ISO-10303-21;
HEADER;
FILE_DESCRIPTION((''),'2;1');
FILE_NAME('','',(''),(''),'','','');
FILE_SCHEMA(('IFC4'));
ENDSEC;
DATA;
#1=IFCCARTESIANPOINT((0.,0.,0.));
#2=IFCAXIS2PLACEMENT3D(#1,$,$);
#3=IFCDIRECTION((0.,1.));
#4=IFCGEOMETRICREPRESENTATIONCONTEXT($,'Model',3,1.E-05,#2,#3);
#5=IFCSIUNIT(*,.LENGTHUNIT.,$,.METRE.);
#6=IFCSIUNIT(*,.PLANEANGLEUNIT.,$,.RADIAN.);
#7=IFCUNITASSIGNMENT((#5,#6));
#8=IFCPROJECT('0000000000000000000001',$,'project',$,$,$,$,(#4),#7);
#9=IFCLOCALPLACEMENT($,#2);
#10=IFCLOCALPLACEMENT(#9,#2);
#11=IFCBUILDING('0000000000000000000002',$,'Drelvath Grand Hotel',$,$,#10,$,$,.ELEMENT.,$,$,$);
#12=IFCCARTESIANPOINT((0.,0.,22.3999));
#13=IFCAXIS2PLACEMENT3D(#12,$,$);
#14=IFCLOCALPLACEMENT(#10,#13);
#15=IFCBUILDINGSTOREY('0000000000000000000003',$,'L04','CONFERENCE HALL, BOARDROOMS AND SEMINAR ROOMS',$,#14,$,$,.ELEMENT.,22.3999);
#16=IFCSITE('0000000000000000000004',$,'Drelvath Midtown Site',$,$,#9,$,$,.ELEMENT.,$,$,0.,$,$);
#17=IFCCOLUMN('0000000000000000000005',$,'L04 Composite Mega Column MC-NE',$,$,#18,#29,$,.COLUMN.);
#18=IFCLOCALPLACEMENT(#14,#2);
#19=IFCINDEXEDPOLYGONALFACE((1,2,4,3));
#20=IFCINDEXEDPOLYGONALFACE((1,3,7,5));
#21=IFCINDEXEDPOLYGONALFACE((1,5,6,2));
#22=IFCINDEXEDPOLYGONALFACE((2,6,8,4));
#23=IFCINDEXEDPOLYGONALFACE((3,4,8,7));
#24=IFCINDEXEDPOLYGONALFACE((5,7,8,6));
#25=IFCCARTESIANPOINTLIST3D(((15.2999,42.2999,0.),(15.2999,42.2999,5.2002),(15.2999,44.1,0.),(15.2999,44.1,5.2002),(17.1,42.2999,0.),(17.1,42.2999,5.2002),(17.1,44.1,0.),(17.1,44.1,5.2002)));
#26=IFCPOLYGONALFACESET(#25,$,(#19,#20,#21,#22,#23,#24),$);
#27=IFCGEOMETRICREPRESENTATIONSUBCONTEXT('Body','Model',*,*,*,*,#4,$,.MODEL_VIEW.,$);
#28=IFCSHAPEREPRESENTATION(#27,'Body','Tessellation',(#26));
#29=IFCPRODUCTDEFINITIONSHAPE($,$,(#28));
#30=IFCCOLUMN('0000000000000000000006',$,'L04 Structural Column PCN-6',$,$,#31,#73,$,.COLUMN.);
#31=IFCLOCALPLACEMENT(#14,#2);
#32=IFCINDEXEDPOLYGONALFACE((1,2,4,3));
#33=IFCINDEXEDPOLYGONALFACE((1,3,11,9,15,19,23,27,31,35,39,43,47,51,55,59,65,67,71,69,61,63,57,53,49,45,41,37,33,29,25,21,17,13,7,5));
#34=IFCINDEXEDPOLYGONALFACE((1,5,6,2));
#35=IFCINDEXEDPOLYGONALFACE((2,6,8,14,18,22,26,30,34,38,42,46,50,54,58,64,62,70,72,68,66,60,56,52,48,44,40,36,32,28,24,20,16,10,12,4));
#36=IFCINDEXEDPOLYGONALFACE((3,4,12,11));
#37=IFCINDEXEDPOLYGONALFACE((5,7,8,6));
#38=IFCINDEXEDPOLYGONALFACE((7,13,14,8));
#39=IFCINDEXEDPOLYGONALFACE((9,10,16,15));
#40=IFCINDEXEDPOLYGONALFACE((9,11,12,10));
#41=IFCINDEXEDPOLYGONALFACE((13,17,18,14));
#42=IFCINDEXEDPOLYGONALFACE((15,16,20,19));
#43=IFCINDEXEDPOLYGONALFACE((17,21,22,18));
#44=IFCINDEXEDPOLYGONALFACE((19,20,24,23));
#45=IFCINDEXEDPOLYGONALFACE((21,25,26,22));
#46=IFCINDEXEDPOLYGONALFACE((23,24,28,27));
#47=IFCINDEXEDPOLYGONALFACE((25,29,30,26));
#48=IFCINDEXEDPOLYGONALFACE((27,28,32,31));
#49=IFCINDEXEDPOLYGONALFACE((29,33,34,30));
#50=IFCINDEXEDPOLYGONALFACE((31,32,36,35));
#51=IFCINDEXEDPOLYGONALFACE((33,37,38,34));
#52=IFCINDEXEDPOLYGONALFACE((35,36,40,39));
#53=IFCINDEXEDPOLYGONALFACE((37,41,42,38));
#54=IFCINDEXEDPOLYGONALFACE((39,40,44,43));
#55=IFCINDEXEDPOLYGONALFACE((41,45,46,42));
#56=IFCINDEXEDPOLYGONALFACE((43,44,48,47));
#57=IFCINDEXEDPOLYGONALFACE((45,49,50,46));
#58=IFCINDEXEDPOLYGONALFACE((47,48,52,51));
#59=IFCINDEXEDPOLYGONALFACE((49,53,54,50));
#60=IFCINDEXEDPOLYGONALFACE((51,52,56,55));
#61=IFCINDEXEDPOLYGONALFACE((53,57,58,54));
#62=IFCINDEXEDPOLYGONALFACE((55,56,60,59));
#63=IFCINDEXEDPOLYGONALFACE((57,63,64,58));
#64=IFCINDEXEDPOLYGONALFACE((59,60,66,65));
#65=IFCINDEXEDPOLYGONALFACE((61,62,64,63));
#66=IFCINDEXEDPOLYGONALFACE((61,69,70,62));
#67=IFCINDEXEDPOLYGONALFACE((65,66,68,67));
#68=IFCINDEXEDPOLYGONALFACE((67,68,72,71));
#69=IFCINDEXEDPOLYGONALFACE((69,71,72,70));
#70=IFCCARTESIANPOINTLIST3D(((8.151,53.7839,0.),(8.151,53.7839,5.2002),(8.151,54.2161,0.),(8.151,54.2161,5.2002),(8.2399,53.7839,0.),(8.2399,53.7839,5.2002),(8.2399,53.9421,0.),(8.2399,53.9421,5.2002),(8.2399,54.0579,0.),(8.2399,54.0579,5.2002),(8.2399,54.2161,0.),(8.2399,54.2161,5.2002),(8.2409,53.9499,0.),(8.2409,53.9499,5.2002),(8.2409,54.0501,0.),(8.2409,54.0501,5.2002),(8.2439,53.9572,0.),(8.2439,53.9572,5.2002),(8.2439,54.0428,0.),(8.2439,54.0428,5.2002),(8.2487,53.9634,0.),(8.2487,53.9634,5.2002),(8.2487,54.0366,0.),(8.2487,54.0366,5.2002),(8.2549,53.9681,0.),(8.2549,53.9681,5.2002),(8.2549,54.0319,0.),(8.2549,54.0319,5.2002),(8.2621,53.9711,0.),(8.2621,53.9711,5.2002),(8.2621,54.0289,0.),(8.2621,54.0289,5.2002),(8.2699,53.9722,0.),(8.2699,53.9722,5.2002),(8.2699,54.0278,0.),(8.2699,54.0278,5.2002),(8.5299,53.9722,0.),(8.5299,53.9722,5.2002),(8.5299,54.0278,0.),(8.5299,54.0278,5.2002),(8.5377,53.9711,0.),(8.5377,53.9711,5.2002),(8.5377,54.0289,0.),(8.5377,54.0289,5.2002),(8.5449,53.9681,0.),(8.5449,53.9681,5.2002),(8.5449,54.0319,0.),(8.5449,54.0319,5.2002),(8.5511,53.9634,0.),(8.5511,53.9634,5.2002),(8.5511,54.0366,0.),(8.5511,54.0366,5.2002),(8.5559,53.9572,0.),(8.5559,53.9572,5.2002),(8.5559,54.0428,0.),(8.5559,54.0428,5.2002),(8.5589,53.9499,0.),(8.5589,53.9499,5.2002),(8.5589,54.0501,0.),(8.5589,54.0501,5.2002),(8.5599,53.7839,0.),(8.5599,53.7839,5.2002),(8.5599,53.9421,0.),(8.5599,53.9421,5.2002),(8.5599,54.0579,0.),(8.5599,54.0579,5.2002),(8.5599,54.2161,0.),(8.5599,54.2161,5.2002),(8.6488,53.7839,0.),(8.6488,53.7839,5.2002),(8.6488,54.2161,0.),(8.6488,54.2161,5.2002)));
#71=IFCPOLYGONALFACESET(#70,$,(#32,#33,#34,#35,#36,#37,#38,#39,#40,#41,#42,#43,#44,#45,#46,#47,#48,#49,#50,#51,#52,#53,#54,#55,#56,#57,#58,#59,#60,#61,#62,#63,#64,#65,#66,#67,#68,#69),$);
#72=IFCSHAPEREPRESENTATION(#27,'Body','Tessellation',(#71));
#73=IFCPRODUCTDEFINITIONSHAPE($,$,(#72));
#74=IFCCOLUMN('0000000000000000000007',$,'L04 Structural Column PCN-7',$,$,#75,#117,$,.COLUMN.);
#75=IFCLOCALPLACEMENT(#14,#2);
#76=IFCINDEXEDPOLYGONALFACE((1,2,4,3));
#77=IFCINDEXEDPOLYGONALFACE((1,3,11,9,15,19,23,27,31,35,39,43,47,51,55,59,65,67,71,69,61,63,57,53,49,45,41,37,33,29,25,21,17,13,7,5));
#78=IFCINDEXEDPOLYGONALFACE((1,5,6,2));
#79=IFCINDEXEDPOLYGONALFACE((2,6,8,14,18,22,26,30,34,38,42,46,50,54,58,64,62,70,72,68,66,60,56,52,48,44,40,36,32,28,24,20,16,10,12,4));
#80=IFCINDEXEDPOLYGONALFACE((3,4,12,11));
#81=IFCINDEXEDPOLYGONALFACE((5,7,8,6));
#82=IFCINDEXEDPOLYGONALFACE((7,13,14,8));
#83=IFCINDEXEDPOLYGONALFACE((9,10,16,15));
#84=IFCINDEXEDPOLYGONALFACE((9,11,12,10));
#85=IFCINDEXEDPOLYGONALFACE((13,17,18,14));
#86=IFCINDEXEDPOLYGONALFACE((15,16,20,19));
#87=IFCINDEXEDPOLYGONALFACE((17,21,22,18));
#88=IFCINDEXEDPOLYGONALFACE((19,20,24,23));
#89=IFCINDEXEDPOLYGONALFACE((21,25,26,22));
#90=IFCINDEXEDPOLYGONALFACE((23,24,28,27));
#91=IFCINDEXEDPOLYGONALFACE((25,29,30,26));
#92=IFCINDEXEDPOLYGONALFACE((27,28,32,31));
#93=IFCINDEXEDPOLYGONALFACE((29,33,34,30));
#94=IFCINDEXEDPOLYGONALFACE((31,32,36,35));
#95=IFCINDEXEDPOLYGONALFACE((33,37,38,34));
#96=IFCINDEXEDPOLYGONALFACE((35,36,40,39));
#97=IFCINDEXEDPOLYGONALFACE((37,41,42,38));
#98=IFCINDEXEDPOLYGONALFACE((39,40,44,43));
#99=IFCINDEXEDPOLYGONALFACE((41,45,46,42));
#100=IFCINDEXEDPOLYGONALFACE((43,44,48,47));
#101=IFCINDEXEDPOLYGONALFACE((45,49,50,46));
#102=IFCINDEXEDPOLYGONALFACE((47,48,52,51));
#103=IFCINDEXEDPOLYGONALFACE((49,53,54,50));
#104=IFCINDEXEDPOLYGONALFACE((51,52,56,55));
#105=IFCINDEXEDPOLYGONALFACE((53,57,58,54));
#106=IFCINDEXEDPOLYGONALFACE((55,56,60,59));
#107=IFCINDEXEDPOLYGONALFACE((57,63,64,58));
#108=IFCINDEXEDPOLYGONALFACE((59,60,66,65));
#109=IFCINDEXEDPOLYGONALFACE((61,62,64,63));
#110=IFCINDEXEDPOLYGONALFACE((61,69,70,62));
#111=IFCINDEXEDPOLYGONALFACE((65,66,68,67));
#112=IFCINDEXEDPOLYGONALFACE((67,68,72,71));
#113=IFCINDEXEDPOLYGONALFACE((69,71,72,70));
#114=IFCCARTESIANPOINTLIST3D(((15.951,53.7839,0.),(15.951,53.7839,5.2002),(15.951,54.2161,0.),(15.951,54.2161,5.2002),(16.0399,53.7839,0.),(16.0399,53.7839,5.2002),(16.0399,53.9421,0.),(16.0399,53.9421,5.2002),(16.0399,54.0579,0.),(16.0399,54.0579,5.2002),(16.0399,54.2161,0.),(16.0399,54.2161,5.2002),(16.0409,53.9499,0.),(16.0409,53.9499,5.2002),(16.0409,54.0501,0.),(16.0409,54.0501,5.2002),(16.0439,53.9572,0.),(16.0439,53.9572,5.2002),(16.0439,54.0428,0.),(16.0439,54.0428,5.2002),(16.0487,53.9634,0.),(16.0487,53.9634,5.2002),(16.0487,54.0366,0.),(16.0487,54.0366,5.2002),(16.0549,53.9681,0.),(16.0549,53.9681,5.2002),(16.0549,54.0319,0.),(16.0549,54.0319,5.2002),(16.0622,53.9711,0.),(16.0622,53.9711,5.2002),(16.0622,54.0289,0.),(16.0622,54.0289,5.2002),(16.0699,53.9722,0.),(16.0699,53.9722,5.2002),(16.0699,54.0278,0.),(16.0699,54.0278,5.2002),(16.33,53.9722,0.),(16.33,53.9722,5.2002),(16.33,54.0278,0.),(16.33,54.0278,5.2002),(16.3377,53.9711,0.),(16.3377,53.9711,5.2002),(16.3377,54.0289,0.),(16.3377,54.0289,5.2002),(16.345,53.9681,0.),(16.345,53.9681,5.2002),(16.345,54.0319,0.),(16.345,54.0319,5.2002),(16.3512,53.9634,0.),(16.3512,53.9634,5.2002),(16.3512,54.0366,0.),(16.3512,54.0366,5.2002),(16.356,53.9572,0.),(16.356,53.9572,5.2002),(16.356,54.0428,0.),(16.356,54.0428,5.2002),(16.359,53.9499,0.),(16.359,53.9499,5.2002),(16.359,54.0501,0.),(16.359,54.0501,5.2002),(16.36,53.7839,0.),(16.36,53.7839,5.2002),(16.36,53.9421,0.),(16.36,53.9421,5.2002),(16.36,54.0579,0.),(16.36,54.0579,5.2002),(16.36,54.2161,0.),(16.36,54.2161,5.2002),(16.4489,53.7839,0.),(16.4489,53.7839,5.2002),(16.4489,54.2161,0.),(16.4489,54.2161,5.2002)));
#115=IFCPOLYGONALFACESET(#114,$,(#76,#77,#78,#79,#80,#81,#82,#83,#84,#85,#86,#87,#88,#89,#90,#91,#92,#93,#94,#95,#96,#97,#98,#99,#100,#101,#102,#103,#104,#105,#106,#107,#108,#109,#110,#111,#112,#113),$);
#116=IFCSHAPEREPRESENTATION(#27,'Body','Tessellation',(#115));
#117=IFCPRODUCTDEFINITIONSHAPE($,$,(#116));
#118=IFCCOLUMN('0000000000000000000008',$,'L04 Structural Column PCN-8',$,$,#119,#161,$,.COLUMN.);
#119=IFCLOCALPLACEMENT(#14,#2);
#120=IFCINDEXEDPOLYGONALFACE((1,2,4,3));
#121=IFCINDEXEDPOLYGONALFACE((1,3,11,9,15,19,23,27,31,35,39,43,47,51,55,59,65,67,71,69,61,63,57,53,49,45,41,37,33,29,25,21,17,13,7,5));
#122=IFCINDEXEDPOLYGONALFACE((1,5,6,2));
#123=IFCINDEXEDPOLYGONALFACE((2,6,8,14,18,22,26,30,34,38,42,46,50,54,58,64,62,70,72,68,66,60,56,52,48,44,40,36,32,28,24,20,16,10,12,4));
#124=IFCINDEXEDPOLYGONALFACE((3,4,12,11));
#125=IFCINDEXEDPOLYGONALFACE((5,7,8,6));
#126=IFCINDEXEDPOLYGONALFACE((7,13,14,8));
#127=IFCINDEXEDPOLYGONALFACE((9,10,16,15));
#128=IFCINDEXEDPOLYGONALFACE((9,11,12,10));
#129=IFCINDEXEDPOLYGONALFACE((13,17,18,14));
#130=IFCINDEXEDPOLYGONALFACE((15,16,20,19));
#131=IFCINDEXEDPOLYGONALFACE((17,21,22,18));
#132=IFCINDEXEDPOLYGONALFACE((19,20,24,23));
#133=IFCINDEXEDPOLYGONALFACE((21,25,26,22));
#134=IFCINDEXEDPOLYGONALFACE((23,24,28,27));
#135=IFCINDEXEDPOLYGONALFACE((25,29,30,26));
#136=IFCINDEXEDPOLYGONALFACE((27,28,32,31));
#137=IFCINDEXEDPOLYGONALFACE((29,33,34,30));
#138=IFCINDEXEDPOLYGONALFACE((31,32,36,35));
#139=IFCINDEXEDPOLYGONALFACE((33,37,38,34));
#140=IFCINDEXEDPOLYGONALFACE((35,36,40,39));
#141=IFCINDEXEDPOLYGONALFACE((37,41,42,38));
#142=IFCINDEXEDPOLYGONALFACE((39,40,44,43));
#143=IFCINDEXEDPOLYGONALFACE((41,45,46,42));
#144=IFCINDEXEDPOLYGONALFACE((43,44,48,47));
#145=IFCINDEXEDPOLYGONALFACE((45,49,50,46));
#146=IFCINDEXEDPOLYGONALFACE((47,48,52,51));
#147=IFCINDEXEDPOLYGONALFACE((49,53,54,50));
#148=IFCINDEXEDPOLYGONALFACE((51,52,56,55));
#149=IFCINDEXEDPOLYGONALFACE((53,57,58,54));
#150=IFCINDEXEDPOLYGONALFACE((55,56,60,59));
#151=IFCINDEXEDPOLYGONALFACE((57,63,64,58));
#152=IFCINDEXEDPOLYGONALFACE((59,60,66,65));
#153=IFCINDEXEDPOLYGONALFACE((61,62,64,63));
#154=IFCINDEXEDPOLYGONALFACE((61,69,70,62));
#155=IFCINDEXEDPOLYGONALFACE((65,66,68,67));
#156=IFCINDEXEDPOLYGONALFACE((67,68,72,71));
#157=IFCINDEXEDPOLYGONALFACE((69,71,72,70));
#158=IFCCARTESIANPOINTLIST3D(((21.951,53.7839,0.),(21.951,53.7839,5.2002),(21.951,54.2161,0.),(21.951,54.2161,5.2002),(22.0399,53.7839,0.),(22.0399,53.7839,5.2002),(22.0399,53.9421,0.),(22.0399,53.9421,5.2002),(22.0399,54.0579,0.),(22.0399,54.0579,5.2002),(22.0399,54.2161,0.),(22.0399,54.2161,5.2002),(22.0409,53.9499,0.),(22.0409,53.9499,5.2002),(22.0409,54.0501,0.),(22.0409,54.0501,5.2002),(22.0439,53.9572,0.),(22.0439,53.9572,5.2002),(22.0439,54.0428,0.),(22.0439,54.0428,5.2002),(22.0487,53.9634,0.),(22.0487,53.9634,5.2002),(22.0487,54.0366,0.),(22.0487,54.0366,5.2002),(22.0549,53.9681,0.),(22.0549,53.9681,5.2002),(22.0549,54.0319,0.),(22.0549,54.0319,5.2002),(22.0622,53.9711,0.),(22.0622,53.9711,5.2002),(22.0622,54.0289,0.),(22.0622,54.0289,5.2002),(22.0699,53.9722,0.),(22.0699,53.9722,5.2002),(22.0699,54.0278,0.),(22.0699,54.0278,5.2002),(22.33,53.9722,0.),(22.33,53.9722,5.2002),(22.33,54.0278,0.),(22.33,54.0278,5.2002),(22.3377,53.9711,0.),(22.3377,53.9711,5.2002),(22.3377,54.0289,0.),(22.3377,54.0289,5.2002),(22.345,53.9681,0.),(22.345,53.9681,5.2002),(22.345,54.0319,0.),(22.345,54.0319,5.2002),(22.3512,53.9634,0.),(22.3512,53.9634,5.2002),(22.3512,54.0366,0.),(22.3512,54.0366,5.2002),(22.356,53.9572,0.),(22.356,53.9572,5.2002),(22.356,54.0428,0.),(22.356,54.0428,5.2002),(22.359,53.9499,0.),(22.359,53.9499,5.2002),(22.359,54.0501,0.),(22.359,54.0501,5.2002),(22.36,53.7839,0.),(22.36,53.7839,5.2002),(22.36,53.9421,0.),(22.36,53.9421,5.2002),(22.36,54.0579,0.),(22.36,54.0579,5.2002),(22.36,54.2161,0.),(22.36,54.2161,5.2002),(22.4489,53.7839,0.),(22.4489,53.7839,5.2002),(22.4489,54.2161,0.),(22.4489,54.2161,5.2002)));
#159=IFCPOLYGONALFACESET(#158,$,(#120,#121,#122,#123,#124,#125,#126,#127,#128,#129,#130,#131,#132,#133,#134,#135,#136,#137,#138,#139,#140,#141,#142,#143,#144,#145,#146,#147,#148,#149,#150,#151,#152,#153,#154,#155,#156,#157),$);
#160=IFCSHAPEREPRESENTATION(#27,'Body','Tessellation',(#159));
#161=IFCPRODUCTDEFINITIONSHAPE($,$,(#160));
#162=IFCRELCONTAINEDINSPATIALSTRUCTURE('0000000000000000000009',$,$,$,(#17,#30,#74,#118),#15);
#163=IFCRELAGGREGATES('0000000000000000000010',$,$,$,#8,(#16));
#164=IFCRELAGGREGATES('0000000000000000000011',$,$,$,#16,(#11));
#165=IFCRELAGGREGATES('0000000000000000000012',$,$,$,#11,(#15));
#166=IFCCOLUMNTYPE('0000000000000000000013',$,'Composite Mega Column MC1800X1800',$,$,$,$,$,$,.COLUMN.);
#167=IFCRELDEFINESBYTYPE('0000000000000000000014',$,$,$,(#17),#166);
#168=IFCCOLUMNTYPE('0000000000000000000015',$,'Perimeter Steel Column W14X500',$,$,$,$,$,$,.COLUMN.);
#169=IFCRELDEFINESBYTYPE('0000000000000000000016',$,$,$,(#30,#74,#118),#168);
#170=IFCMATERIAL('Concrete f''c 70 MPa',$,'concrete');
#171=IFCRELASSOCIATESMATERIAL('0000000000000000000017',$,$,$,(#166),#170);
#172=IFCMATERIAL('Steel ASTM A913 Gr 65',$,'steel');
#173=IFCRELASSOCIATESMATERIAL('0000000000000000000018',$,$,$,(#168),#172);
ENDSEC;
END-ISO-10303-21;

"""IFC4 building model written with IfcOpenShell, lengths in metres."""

from ifc_helpers import new_model, si_unit, direction, frame, origin, origin_2d, place, context, subcontext, project, spatial, rectangle, i_section, extrude, material, material_profile, profile_set, type_object, element, save


model = new_model("IFC4")

# Units and contexts
model_context = context("Model", 3, precision=1e-05, world=origin(), true_north=direction((0.0, 1.0)))
body_context = subcontext(model_context, "Body", "Model", "MODEL_VIEW")
ifc_project = project(units=[si_unit("LENGTHUNIT", "METRE"), si_unit("PLANEANGLEUNIT", "RADIAN")], contexts=[model_context])

# Site, building, storey
site_placement = place(None, origin())
site = spatial("IfcSite", under=ifc_project, at=site_placement, Name="Drelvath Midtown Site", CompositionType="ELEMENT", RefElevation=0.0)
building_placement = place(site_placement, origin())
building = spatial("IfcBuilding", under=site, at=building_placement, Name="Drelvath Grand Hotel", CompositionType="ELEMENT")
storey_placement = place(building_placement, frame((0.0, 0.0, 22.3999)))
storey = spatial("IfcBuildingStorey", under=building, at=storey_placement, Name="L04", Description="CONFERENCE HALL, BOARDROOMS AND SEMINAR ROOMS", CompositionType="ELEMENT", Elevation=22.3999)

# Columns
ifc_material_1 = material(Name="Concrete f'c 70 MPa", Category="concrete")
ifc_material_profile_1 = material_profile(ifc_material_1, rectangle(XDim=1.8, YDim=1.8, at=origin_2d()), Name="MC1800X1800")
ifc_profile_set_1 = profile_set([ifc_material_profile_1], Name="Concrete f'c 70 MPa")
column_type_1 = type_object("IfcColumnType", Name="Composite Mega Column MC1800X1800", PredefinedType="COLUMN", material=ifc_profile_set_1)
column_placement = place(storey_placement, frame((16.2, 43.2, 0.0), z_axis=(0.0, 0.0, 1.0), x_axis=(1.0, 0.0, 0.0)))
element("IfcColumn", 1, at=column_placement, inside=storey, type_object=column_type_1, Name="L04 Composite Mega Column MC-NE", PredefinedType="COLUMN", context=body_context, shape_type="SweptSolid", body=[
    extrude(rectangle(XDim=1.8, YDim=1.8, at=origin_2d()), origin(), (0.0, 0.0, 1.0), 5.2002),
])
ifc_material_2 = material(Name="Steel ASTM A913 Gr 65", Category="steel")
ifc_material_profile_2 = material_profile(ifc_material_2, i_section(OverallWidth=0.4321, OverallDepth=0.4978, WebThickness=0.0557, FlangeThickness=0.0889, FilletRadius=0.03, at=origin_2d()), Name="W14X500")
ifc_profile_set_2 = profile_set([ifc_material_profile_2], Name="Steel ASTM A913 Gr 65")
column_type_2 = type_object("IfcColumnType", Name="Perimeter Steel Column W14X500", PredefinedType="COLUMN", material=ifc_profile_set_2)
for number, where, z_axis, x_axis, name in (
    (2, (8.3999, 54.0, 0.0), (0.0, 0.0, 1.0), (0.0, 1.0, 0.0), "L04 Structural Column PCN-6"),
    (3, (16.2, 54.0, 0.0), (0.0, 0.0, 1.0), (0.0, 1.0, 0.0), "L04 Structural Column PCN-7"),
    (4, (22.2, 54.0, 0.0), (0.0, 0.0, 1.0), (0.0, 1.0, 0.0), "L04 Structural Column PCN-8"),
):
    element("IfcColumn", number, at=place(storey_placement, frame(where, z_axis=z_axis, x_axis=x_axis)), inside=storey, type_object=column_type_2, Name=name, PredefinedType="COLUMN", context=body_context, shape_type="SweptSolid", body=[
        extrude(i_section(OverallWidth=0.4321, OverallDepth=0.4978, WebThickness=0.0557, FlangeThickness=0.0889, FilletRadius=0.03, at=origin_2d()), origin(), (0.0, 0.0, 1.0), 5.2002),
    ])

save(model, "model.ifc")
